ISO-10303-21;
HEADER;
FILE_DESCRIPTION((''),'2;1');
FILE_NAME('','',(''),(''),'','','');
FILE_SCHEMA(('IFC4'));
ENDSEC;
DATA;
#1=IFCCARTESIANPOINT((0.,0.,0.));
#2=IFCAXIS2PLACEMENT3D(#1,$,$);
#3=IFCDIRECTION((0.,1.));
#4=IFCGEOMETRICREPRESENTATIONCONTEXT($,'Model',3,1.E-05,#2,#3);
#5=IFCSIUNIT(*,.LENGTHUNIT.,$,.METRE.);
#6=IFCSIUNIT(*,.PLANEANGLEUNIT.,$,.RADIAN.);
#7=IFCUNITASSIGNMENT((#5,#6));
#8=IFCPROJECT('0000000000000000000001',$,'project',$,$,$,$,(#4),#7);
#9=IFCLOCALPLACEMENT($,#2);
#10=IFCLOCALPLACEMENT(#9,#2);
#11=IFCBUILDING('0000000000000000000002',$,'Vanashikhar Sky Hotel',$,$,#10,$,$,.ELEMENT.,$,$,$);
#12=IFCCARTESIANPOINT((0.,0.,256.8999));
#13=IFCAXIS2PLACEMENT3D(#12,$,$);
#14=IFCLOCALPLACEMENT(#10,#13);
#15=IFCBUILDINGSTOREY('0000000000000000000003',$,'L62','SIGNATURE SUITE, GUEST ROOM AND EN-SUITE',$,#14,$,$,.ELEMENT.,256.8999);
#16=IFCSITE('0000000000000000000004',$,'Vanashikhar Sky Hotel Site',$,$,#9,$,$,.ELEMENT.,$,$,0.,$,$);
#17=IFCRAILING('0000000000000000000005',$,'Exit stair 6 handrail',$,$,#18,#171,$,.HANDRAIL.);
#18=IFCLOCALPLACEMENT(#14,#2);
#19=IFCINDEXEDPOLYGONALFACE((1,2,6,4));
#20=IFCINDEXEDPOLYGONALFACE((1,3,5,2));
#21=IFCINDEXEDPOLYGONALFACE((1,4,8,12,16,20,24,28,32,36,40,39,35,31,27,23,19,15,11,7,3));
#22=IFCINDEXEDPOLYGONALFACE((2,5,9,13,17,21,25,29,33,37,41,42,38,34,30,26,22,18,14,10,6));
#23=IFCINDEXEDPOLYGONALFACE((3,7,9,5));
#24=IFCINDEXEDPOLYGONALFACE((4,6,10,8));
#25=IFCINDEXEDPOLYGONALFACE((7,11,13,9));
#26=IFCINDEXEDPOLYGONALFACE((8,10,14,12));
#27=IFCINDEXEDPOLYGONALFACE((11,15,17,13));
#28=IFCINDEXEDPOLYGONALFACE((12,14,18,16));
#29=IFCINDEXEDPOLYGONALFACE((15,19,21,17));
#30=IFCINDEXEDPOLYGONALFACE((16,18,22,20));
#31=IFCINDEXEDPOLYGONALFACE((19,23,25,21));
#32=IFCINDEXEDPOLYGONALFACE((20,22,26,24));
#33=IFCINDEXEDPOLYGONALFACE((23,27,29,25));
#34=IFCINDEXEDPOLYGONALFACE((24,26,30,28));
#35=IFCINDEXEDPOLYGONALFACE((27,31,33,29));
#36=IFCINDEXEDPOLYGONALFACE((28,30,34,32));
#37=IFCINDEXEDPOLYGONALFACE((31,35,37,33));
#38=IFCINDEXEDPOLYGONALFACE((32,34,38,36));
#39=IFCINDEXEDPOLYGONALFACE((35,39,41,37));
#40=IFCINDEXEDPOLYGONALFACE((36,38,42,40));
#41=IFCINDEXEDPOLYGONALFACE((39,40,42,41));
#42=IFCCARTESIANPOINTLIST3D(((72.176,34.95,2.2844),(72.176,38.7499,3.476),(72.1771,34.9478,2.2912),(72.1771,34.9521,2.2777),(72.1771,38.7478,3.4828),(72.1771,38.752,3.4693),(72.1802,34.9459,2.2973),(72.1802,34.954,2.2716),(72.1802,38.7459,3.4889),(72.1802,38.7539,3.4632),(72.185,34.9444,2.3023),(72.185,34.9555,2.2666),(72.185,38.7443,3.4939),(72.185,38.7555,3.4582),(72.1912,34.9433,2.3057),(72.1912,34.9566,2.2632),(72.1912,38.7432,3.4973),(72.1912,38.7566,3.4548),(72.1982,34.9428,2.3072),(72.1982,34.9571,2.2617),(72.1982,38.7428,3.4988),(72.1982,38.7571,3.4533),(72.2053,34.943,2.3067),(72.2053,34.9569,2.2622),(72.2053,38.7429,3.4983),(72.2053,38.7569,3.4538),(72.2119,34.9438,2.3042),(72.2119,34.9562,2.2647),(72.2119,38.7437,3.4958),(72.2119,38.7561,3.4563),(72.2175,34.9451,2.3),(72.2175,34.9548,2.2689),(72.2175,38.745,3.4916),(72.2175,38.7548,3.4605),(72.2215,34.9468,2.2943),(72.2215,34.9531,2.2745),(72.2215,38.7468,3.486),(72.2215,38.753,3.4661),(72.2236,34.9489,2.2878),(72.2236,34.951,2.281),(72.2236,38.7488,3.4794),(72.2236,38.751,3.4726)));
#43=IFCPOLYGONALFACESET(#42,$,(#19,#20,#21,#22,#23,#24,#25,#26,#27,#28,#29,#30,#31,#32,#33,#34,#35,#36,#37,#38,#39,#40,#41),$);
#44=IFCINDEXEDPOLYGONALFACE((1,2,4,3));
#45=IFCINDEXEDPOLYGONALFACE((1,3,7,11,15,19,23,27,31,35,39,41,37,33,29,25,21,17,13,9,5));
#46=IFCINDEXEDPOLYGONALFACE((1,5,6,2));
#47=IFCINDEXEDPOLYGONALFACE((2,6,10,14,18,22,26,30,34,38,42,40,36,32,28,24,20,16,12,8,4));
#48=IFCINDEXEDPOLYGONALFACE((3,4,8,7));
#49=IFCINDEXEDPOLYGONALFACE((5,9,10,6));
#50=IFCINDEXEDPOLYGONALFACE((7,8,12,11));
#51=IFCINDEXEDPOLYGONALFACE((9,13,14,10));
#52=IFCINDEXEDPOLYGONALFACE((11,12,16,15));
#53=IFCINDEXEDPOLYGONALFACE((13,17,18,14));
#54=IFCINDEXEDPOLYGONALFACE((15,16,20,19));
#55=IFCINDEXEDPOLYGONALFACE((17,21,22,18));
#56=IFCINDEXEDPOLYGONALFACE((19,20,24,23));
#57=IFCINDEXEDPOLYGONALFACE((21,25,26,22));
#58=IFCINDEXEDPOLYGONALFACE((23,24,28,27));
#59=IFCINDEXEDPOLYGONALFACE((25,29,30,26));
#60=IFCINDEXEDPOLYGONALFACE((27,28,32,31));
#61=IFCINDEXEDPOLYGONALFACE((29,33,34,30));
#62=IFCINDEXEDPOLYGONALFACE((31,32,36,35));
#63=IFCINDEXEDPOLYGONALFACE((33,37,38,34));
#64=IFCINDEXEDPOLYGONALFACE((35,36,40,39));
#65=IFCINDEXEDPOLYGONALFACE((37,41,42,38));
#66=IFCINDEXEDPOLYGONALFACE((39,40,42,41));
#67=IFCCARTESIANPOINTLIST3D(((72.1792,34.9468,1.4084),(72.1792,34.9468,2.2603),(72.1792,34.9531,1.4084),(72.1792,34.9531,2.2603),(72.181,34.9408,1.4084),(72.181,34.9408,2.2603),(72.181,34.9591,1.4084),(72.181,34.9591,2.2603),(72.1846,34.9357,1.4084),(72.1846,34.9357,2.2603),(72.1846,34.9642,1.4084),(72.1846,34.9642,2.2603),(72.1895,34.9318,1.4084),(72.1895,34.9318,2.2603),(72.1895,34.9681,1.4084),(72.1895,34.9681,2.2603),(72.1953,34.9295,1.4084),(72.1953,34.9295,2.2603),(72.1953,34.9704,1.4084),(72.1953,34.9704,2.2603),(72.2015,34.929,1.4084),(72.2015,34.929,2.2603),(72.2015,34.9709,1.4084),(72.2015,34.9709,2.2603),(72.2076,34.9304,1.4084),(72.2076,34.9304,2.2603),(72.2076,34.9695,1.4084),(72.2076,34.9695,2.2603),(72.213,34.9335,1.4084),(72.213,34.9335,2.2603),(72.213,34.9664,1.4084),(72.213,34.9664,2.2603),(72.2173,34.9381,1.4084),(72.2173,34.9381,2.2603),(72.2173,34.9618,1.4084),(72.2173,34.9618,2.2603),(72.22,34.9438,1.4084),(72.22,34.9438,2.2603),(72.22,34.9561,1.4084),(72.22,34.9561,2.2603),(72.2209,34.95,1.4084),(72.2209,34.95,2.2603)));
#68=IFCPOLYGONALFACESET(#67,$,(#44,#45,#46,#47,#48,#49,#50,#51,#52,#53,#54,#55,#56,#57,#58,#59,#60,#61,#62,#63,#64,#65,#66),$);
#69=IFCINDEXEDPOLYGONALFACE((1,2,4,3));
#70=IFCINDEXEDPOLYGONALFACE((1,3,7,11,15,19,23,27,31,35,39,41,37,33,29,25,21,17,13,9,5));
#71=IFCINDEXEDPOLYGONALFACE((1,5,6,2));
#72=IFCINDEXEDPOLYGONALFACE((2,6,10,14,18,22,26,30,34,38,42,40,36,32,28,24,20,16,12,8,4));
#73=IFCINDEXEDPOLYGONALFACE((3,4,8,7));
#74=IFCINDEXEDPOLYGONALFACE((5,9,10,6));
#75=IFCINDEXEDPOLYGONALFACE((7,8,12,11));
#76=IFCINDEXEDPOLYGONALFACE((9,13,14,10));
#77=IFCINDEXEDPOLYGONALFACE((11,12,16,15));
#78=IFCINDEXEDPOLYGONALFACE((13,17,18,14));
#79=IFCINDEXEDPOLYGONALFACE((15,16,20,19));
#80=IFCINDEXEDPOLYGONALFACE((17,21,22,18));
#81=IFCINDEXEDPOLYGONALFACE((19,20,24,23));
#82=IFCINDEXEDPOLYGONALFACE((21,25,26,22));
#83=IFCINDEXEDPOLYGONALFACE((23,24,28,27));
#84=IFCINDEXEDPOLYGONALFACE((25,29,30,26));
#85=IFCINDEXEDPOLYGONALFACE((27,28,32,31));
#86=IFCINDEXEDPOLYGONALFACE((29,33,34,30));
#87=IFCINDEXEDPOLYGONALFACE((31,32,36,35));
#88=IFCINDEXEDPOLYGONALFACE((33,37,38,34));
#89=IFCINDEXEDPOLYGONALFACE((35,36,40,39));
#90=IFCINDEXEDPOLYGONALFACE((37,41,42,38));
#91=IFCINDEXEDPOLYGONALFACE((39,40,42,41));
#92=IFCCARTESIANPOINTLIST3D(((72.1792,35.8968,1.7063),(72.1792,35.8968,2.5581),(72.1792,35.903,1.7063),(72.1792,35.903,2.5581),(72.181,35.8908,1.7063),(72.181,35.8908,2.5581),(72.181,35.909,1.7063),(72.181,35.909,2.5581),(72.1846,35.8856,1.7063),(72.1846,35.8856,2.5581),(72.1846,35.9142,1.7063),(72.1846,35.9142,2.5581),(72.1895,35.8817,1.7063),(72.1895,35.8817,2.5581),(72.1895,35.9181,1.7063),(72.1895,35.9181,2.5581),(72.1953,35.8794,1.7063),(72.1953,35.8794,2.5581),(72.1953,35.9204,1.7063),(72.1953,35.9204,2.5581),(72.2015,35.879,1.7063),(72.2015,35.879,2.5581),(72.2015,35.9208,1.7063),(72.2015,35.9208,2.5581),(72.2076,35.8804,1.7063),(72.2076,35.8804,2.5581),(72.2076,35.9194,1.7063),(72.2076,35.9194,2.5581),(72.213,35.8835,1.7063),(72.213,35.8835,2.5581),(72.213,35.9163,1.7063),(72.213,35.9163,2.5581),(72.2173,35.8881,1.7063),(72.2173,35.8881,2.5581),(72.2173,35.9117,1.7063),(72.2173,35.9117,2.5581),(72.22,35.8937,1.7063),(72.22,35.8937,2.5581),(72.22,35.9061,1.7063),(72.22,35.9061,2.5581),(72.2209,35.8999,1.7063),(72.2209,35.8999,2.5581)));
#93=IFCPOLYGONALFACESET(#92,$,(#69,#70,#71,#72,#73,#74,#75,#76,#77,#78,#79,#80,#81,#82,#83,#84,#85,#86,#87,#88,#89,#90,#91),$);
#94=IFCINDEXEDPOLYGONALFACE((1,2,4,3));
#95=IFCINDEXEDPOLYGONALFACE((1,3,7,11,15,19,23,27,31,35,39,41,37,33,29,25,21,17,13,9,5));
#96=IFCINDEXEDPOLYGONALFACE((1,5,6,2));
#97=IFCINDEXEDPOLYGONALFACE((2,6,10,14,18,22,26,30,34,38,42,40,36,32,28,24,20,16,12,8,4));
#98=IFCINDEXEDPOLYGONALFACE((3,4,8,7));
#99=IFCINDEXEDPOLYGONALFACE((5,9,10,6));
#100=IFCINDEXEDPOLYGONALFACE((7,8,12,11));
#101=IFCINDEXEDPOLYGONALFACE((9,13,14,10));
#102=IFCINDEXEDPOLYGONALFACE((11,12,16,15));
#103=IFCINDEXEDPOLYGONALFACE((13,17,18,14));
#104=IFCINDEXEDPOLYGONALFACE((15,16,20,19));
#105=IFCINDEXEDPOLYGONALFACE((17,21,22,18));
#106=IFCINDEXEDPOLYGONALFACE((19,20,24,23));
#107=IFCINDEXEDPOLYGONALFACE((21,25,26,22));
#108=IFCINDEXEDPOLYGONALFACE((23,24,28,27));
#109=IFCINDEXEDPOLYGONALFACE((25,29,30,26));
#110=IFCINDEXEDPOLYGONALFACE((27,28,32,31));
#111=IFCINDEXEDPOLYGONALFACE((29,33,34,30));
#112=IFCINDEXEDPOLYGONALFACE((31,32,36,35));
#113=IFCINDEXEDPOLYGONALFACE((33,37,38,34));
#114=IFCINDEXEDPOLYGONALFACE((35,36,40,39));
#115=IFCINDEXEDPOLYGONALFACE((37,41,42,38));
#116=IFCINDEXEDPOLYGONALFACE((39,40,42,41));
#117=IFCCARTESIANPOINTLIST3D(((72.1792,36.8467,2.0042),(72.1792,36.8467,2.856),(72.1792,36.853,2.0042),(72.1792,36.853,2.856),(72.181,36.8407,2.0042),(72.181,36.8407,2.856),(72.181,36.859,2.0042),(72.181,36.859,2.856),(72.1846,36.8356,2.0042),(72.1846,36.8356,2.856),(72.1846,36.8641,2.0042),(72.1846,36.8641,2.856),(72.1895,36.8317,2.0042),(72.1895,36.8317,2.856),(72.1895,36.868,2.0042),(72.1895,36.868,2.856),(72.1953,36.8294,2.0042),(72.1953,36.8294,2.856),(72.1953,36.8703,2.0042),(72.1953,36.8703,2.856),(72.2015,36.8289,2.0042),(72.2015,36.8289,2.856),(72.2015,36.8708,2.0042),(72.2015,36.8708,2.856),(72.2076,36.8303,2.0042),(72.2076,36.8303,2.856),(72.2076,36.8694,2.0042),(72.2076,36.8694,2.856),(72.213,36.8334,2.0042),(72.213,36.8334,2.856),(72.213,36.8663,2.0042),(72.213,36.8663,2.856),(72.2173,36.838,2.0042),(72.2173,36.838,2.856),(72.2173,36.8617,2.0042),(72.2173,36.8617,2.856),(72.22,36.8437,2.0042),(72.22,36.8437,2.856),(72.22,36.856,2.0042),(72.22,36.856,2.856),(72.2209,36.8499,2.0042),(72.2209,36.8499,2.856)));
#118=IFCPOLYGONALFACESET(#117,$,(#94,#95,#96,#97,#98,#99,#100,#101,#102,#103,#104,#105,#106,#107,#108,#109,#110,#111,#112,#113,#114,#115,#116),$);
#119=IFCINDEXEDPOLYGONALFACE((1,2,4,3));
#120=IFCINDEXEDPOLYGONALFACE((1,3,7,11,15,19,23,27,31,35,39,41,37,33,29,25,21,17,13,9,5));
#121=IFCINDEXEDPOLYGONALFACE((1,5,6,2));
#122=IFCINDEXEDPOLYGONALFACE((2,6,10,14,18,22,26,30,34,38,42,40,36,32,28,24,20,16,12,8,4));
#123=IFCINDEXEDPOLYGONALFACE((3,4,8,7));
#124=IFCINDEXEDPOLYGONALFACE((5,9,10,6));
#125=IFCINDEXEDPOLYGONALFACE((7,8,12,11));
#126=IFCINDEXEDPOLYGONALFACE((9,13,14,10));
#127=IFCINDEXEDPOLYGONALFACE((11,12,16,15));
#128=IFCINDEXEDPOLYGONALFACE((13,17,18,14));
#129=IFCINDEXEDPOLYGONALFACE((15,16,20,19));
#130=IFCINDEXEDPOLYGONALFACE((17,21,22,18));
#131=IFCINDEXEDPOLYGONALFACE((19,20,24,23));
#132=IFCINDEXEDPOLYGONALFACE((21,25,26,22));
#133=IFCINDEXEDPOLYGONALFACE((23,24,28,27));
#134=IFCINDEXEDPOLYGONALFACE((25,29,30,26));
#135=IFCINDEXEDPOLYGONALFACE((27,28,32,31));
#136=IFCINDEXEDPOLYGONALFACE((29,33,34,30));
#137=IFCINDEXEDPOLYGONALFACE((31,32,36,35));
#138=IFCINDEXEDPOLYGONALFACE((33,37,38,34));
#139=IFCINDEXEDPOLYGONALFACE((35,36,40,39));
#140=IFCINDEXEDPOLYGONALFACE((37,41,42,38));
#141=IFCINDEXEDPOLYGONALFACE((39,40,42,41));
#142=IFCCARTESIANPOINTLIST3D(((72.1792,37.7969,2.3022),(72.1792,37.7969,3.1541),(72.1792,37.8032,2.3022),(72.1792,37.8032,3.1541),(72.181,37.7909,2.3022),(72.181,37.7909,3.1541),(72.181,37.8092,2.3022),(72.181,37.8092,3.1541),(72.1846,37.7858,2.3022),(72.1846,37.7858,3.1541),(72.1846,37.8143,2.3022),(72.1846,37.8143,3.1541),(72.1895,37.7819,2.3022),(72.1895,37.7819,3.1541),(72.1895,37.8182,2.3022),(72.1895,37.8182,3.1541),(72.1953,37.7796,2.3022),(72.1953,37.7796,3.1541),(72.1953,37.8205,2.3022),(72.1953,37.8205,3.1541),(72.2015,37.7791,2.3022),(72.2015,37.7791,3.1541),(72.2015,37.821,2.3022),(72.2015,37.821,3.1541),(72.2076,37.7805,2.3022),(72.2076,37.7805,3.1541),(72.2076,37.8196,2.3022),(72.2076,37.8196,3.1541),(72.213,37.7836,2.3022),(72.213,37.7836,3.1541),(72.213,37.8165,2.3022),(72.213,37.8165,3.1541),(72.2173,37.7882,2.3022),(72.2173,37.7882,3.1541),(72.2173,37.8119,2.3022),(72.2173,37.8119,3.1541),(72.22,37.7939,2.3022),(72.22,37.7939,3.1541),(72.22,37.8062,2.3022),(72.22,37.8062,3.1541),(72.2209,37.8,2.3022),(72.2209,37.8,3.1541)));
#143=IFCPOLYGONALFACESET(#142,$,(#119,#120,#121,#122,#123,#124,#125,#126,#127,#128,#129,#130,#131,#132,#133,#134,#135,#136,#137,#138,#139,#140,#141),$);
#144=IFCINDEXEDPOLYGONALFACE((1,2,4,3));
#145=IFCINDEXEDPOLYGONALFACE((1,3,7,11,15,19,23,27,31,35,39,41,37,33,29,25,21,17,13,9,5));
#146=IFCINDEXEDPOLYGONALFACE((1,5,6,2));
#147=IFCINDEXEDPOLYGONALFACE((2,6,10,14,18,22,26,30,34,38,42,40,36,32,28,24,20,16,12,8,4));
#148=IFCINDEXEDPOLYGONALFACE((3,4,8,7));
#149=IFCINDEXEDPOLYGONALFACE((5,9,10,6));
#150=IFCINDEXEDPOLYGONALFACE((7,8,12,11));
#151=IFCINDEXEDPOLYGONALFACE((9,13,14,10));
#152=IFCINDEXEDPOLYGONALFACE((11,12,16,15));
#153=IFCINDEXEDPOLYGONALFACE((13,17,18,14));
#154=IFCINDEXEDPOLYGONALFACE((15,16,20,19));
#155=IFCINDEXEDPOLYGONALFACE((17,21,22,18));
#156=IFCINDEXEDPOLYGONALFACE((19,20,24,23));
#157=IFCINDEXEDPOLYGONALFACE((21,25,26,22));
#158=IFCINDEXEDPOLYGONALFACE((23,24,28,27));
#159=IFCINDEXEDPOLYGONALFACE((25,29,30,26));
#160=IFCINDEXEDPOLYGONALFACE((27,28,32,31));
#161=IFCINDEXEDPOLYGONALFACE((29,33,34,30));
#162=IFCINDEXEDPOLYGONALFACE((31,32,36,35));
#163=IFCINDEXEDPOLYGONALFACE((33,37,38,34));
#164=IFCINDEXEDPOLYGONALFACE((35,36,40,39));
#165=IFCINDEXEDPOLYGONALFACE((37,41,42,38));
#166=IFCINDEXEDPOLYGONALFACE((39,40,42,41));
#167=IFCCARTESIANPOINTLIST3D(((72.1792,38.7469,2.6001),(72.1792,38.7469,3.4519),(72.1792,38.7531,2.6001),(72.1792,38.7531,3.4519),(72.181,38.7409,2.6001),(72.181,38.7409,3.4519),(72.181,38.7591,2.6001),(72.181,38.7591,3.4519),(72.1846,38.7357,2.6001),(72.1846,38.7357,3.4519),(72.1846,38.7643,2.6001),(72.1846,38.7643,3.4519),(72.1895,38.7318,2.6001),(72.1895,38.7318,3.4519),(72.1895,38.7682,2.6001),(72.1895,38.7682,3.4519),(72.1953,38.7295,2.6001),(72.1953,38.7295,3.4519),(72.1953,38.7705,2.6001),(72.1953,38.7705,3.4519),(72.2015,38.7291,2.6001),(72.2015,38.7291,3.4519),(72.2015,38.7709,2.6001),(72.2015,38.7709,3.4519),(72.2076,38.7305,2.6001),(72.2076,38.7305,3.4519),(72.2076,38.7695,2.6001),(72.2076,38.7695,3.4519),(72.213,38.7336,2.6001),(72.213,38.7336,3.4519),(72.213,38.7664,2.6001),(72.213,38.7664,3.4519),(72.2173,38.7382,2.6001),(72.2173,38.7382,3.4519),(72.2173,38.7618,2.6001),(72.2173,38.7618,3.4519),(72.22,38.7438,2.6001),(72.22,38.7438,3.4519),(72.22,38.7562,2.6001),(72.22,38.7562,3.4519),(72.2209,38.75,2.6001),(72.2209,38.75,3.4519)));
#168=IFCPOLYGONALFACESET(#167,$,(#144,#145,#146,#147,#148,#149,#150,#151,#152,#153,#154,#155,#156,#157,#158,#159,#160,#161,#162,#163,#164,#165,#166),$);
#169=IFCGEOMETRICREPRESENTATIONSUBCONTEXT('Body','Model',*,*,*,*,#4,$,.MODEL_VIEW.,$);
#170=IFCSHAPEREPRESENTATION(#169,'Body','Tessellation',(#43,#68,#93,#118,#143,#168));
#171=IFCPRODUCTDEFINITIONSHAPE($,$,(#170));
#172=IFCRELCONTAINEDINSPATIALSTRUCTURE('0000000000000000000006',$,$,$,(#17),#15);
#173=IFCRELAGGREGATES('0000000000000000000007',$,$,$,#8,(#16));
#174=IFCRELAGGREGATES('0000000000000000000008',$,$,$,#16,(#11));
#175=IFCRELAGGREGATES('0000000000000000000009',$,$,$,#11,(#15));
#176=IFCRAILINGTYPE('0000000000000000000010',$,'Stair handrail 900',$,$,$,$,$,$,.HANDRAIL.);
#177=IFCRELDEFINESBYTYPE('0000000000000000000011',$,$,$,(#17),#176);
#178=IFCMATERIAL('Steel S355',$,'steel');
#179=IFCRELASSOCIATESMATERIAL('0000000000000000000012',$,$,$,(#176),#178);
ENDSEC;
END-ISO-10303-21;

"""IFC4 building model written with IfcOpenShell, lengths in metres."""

from ifc_helpers import new_model, si_unit, direction, frame, origin, origin_2d, place, context, subcontext, project, spatial, circle, extrude, source, transform, mapped, material, type_object, element, save


model = new_model("IFC4")

# Units and contexts
model_context = context("Model", 3, precision=1e-05, world=origin(), true_north=direction((0.0, 1.0)))
body_context = subcontext(model_context, "Body", "Model", "MODEL_VIEW")
ifc_project = project(units=[si_unit("LENGTHUNIT", "METRE"), si_unit("PLANEANGLEUNIT", "RADIAN")], contexts=[model_context])

# Site, building, storey
site_placement = place(None, origin())
site = spatial("IfcSite", under=ifc_project, at=site_placement, Name="Vanashikhar Sky Hotel Site", CompositionType="ELEMENT", RefElevation=0.0)
building_placement = place(site_placement, origin())
building = spatial("IfcBuilding", under=site, at=building_placement, Name="Vanashikhar Sky Hotel", CompositionType="ELEMENT")
storey_placement = place(building_placement, frame((0.0, 0.0, 256.8999)))
storey = spatial("IfcBuildingStorey", under=building, at=storey_placement, Name="L62", Description="SIGNATURE SUITE, GUEST ROOM AND EN-SUITE", CompositionType="ELEMENT", Elevation=256.8999)

# Railing
ifc_material_1 = material(Name="Steel S355", Category="steel")
railing_type_1 = type_object("IfcRailingType", Name="Stair handrail 900", PredefinedType="HANDRAIL", material=ifc_material_1)
shared_shape_1 = source(origin(), body_context, "Body", "SweptSolid", [
    extrude(circle(Radius=0.0239, at=origin_2d()), frame((0.0, 0.0, 0.876), z_axis=(0.0, 0.954184, 0.299221), x_axis=(-1.0, 0.0, 0.0)), (0.0, 0.0, 1.0), 3.9824),
    extrude(circle(Radius=0.021, at=origin_2d()), origin(), (0.0, 0.0, 1.0), 0.8518),
    extrude(circle(Radius=0.021, at=origin_2d()), frame((0.0, 0.95, 0.2979)), (0.0, 0.0, 1.0), 0.8518),
    extrude(circle(Radius=0.021, at=origin_2d()), frame((0.0, 1.8999, 0.5957)), (0.0, 0.0, 1.0), 0.8518),
    extrude(circle(Radius=0.021, at=origin_2d()), frame((0.0, 2.8501, 0.8938)), (0.0, 0.0, 1.0), 0.8518),
    extrude(circle(Radius=0.021, at=origin_2d()), frame((0.0, 3.8, 1.1917)), (0.0, 0.0, 1.0), 0.8518),
])
railing_1_placement = place(storey_placement, frame((72.2, 34.95, 1.4084)))
element("IfcRailing", 1, at=railing_1_placement, inside=storey, type_object=railing_type_1, Name="Exit stair 6 handrail", PredefinedType="HANDRAIL", context=body_context, shape_type="MappedRepresentation", body=[
    mapped(shared_shape_1, transform((0.0, 0.0, 0.0), scale=1.0)),
])

save(model, "model.ifc")
